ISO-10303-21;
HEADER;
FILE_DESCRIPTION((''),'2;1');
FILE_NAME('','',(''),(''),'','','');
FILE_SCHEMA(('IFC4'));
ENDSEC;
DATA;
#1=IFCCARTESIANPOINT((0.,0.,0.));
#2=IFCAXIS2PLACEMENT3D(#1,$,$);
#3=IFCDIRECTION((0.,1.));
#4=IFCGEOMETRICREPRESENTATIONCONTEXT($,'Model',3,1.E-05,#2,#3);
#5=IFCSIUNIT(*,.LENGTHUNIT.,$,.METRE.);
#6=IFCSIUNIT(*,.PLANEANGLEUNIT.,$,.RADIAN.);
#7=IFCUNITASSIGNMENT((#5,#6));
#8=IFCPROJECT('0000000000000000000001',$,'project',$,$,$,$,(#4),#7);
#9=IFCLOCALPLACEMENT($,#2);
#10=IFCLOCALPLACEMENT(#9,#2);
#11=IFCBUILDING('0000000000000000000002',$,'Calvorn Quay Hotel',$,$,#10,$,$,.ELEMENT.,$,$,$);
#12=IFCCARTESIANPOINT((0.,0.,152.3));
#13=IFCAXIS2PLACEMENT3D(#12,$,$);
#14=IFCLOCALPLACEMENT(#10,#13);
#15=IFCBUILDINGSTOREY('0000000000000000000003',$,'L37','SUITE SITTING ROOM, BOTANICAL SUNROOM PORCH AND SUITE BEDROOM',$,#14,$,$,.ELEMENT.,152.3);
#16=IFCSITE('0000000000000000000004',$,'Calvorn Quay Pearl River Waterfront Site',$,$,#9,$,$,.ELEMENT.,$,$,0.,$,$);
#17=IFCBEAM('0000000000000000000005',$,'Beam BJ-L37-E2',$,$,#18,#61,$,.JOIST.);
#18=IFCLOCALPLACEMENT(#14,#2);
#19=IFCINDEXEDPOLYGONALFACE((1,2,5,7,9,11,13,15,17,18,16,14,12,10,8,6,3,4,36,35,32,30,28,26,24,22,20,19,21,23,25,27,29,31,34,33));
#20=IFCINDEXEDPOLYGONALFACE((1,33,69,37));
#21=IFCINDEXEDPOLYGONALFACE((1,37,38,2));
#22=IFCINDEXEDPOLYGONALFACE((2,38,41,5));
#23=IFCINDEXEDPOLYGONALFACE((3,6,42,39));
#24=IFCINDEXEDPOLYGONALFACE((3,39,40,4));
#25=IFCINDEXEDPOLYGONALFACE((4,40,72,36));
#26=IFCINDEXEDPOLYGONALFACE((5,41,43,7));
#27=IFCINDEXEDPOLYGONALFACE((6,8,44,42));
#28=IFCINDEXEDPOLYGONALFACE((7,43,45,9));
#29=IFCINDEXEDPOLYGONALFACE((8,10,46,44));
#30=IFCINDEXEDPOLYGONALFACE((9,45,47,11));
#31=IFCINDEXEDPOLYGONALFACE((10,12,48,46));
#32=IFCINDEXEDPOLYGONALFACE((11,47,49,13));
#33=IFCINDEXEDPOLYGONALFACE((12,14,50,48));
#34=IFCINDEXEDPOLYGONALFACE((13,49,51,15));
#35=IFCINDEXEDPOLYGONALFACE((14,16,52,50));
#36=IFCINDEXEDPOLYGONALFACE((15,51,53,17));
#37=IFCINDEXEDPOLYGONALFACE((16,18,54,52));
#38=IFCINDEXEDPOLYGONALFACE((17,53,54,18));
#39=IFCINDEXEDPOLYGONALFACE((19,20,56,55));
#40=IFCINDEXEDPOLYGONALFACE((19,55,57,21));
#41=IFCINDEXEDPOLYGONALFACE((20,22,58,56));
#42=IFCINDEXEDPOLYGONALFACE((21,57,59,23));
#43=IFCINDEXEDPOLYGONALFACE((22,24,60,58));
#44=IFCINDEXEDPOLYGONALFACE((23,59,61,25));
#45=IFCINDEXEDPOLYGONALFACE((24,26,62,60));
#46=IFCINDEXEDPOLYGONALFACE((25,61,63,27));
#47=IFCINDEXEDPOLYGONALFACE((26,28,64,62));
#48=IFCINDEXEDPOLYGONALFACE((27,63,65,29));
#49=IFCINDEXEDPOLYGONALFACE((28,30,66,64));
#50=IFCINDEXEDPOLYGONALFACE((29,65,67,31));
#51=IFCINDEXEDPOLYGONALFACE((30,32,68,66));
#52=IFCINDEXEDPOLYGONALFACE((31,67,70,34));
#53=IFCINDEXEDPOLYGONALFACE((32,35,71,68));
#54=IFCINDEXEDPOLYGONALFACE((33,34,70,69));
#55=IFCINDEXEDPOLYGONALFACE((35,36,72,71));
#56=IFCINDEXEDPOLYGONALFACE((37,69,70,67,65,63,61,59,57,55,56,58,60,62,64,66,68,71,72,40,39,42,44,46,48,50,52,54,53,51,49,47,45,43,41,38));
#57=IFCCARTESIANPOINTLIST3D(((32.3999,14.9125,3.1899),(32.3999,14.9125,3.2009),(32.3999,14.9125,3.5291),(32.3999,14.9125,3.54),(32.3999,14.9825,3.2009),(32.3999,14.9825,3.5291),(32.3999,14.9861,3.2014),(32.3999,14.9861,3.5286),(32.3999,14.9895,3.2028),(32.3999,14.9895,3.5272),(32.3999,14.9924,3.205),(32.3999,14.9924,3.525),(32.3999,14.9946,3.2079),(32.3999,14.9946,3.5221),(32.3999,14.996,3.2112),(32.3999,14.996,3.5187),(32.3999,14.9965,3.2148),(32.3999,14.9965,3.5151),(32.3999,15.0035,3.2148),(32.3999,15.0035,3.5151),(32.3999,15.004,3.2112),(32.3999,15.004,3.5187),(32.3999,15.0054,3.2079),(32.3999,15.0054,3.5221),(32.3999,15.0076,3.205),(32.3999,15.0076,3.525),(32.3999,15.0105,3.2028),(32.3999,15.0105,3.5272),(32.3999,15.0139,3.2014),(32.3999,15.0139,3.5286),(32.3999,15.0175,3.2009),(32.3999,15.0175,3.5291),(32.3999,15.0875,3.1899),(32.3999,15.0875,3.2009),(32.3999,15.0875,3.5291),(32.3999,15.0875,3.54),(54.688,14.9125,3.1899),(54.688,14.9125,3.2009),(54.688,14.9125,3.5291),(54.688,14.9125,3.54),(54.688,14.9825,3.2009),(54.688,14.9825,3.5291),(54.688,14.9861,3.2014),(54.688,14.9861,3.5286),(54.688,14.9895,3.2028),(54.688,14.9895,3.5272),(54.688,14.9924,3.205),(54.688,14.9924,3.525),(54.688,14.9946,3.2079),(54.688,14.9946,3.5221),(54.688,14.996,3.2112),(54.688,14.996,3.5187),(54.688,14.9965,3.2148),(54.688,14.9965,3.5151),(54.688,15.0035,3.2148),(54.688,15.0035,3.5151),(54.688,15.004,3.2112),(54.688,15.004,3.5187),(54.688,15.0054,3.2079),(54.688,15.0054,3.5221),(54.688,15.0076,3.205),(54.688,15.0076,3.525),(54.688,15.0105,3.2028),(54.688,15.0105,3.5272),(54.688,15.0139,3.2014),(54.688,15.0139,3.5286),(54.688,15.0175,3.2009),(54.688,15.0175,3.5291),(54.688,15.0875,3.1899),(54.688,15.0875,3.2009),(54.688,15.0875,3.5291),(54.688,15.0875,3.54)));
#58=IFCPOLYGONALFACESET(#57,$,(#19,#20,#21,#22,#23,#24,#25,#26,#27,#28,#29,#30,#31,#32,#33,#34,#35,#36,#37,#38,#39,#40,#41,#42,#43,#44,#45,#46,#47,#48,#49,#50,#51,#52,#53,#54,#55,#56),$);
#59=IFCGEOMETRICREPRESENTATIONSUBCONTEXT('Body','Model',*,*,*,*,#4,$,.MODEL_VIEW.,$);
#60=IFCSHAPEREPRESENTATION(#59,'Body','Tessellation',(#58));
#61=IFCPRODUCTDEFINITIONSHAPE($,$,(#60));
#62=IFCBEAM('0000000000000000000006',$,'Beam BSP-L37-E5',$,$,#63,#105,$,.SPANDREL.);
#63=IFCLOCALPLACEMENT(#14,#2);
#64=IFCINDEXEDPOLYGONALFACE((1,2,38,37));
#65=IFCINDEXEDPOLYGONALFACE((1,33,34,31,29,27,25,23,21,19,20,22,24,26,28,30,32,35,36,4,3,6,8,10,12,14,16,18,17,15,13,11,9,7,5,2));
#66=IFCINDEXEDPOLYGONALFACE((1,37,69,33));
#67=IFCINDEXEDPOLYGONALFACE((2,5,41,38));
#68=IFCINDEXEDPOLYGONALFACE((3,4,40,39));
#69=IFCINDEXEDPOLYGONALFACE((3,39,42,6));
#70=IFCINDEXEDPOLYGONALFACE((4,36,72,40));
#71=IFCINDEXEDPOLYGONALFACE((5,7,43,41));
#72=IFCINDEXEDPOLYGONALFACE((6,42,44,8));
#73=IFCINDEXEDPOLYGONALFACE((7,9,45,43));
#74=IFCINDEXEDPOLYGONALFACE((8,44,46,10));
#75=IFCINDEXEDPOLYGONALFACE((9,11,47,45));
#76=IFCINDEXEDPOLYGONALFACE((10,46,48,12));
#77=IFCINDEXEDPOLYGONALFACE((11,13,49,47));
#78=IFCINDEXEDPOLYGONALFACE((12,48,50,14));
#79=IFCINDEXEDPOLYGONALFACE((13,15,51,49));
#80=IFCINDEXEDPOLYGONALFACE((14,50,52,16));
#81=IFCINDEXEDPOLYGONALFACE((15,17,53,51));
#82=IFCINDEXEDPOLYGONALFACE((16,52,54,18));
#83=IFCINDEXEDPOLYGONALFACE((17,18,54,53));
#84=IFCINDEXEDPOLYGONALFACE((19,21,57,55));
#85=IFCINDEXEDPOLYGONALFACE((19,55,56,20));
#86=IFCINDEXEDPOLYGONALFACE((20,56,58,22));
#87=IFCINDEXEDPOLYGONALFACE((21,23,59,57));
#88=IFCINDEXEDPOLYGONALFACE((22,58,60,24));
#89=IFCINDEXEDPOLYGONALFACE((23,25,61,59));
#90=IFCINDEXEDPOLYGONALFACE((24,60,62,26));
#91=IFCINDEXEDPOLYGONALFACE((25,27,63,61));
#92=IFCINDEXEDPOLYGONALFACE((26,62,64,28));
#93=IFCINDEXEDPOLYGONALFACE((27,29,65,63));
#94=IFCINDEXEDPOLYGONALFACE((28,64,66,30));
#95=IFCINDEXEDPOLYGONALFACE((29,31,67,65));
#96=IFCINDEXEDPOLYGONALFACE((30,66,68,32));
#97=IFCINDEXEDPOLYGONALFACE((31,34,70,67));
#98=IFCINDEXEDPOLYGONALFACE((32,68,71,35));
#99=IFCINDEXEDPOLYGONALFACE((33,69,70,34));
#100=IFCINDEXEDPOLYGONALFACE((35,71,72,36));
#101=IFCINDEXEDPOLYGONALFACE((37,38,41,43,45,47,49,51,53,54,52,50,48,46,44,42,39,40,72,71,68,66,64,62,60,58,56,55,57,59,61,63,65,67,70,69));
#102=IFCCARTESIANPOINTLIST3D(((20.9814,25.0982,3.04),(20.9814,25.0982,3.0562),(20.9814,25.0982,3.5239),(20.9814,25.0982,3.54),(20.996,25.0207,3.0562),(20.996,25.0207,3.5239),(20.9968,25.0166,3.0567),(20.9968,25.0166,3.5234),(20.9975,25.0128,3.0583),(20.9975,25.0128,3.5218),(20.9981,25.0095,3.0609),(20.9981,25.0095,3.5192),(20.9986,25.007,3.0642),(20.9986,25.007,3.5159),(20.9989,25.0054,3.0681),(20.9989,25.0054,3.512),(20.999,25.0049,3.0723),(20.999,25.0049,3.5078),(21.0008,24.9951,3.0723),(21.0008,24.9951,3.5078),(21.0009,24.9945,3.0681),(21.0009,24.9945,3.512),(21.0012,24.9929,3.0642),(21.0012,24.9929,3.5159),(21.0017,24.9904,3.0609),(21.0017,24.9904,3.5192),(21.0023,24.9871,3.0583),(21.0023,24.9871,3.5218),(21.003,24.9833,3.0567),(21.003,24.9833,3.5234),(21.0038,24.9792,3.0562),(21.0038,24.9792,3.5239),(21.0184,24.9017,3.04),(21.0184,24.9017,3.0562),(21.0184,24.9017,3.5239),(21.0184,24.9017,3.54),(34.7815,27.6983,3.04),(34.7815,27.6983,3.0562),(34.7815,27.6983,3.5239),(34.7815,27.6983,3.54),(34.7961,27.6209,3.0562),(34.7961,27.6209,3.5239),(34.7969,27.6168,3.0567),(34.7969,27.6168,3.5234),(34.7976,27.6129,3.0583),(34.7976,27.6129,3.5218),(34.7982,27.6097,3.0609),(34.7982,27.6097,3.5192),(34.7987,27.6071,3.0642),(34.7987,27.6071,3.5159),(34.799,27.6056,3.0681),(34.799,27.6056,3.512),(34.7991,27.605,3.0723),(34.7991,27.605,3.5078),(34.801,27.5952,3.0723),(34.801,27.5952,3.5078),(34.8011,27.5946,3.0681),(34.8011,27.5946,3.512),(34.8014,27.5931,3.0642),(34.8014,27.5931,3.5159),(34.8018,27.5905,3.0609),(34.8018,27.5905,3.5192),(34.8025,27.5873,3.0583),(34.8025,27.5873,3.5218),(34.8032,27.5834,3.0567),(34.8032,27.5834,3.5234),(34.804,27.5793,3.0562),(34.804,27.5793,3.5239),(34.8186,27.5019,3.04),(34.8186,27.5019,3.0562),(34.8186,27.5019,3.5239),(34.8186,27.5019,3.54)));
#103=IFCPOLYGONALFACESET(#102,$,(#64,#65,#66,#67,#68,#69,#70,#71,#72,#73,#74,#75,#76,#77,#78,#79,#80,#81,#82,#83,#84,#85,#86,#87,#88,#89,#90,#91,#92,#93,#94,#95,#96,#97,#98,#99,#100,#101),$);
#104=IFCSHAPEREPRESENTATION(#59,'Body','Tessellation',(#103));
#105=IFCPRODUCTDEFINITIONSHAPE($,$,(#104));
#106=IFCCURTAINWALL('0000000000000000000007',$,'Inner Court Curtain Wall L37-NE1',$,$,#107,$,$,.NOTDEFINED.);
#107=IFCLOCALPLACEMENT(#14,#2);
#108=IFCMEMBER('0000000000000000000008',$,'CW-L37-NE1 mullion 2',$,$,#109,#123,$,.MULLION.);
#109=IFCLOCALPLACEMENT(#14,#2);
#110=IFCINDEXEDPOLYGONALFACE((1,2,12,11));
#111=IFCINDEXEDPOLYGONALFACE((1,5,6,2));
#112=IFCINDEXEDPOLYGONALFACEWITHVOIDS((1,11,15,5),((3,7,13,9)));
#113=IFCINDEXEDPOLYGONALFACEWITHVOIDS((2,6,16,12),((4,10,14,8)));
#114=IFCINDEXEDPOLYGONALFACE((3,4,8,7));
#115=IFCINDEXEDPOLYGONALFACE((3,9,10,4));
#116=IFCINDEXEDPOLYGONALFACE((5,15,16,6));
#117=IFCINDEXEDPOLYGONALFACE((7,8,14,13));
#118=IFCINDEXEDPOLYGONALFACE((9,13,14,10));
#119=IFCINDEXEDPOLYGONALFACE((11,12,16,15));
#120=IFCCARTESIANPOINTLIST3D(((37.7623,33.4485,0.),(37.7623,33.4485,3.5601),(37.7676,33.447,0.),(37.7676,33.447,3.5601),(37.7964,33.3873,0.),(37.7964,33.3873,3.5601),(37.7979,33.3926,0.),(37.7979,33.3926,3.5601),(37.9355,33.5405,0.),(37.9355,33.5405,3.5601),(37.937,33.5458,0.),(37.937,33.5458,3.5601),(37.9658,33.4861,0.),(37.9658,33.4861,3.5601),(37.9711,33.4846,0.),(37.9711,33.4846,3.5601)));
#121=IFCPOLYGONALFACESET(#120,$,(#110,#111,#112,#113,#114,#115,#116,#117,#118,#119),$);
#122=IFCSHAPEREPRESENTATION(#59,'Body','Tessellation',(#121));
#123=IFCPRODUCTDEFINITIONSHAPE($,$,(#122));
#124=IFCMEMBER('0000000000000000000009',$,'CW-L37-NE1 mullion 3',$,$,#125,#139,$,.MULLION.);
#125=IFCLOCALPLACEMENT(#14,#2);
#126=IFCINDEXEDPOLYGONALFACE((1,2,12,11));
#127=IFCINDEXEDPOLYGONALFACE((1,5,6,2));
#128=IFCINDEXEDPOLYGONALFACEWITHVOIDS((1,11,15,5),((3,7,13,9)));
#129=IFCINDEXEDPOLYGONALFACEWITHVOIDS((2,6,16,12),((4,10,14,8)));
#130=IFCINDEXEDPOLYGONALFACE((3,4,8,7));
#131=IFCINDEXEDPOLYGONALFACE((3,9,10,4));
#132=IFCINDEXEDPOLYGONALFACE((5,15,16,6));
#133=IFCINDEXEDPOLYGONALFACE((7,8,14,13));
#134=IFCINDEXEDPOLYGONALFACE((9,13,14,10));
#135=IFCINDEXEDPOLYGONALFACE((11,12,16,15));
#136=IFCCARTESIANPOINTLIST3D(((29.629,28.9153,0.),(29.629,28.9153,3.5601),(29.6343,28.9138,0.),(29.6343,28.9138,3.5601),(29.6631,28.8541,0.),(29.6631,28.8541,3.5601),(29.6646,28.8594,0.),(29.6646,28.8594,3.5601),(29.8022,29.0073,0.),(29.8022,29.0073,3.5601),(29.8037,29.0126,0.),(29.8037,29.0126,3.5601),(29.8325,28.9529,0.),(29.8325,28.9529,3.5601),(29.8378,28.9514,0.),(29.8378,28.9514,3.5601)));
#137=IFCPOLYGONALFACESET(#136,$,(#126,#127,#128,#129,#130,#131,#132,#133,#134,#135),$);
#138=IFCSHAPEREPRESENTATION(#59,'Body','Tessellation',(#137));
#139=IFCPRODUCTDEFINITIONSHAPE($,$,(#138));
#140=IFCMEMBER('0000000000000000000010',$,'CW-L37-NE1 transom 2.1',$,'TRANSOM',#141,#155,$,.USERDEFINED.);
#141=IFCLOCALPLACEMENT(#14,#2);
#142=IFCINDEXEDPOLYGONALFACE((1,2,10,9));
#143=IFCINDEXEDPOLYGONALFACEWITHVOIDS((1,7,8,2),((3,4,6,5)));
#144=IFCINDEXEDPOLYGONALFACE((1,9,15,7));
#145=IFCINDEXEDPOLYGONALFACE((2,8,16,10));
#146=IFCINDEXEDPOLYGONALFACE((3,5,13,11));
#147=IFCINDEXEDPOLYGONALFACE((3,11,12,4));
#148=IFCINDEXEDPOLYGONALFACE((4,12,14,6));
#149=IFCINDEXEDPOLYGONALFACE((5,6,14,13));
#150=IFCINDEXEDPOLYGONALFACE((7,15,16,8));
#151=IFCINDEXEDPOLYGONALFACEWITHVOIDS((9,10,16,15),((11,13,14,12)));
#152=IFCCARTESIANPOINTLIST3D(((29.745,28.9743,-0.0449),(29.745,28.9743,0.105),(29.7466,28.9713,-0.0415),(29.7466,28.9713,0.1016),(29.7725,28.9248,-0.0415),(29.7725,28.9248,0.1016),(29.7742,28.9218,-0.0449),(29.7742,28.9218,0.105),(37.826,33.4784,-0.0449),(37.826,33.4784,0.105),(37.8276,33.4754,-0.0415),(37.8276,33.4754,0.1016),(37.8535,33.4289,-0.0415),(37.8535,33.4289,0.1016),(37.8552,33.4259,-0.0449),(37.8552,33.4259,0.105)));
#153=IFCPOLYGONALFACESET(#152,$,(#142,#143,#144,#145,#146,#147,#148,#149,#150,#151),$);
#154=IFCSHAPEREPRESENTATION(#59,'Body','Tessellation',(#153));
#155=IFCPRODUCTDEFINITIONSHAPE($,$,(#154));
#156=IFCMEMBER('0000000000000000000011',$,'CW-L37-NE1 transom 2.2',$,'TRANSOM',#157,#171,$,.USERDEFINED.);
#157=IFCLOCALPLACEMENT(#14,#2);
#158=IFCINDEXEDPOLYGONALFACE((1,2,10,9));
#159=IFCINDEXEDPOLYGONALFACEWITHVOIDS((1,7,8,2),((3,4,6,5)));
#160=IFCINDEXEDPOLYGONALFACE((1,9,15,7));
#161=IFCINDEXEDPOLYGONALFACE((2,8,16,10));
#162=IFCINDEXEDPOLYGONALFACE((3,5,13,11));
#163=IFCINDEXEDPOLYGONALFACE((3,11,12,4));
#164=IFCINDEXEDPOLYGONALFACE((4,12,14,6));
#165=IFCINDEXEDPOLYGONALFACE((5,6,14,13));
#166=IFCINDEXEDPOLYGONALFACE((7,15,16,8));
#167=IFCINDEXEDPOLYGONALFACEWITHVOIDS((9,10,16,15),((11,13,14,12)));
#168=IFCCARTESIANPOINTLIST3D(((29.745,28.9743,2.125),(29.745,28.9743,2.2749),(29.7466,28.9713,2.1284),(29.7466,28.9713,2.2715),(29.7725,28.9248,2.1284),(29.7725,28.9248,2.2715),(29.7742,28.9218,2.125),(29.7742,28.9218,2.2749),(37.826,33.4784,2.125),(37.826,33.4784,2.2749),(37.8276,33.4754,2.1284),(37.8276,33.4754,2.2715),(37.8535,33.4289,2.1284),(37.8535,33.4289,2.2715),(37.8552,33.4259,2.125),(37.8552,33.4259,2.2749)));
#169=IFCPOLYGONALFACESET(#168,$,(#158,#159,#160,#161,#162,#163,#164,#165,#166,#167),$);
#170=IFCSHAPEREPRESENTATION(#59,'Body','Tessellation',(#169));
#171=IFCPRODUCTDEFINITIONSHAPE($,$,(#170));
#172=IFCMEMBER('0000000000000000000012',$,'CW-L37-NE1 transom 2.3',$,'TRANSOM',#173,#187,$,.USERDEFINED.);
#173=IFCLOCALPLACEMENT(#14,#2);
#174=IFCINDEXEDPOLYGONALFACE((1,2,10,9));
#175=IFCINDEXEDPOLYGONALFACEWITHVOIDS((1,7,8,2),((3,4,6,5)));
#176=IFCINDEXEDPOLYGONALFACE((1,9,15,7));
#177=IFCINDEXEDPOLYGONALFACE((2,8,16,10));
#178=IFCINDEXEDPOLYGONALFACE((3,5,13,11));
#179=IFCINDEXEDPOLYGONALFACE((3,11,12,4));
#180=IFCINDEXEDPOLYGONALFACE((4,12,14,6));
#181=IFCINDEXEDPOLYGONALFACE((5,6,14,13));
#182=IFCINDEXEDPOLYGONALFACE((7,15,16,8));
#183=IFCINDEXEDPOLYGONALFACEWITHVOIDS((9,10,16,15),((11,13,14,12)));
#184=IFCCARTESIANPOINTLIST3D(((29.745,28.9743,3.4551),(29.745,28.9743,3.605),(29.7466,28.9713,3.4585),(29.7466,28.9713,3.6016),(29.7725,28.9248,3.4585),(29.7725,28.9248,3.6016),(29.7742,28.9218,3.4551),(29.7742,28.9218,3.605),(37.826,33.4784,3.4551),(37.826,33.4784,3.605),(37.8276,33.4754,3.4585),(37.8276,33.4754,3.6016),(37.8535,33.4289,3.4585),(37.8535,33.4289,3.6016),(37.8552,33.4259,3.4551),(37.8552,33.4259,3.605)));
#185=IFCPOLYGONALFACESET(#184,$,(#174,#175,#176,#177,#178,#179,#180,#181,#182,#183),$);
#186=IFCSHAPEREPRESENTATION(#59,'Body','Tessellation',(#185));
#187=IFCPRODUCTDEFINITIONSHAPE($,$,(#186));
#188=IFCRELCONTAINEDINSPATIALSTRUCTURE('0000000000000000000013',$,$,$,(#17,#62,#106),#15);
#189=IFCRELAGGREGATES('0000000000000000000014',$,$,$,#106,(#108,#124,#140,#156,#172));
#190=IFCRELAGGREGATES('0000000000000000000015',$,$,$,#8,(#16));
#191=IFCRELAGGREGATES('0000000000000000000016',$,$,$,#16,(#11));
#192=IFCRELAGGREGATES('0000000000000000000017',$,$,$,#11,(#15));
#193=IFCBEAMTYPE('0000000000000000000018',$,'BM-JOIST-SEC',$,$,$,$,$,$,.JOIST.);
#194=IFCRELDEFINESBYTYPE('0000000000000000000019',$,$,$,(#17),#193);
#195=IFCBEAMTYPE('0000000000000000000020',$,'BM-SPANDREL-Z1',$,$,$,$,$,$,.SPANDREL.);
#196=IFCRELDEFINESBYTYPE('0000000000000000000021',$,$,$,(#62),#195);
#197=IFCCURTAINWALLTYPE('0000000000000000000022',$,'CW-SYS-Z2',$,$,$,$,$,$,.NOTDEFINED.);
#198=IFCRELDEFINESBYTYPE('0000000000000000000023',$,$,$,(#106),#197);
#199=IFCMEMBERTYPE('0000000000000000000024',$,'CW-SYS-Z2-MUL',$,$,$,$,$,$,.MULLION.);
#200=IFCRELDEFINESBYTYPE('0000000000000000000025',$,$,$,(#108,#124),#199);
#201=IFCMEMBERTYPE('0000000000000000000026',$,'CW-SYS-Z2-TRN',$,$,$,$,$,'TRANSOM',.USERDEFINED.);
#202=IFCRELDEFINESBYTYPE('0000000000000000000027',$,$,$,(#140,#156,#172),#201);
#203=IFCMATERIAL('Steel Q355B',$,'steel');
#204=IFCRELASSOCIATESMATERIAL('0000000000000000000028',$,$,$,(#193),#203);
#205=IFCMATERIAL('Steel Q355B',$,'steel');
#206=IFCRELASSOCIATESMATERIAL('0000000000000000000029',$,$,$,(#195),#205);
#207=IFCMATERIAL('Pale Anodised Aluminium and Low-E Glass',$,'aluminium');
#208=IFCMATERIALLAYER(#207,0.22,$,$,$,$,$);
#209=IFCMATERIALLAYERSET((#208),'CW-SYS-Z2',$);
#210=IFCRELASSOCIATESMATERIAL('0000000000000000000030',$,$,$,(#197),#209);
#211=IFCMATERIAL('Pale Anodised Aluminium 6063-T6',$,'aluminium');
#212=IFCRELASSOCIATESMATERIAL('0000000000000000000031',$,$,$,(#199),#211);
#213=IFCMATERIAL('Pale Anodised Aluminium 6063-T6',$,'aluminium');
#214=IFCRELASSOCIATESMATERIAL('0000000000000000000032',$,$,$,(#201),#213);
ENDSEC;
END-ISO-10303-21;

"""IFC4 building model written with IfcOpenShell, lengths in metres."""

from ifc_helpers import new_model, si_unit, direction, frame, origin, origin_2d, place, context, subcontext, project, spatial, hollow_rectangle, i_section, extrude, material, layer, layer_set, material_profile, profile_set, type_object, element, aggregate, save


model = new_model("IFC4")

# Units and contexts
model_context = context("Model", 3, precision=1e-05, world=origin(), true_north=direction((0.0, 1.0)))
body_context = subcontext(model_context, "Body", "Model", "MODEL_VIEW")
ifc_project = project(units=[si_unit("LENGTHUNIT", "METRE"), si_unit("PLANEANGLEUNIT", "RADIAN")], contexts=[model_context])

# Site, building, storey
site_placement = place(None, origin())
site = spatial("IfcSite", under=ifc_project, at=site_placement, Name="Calvorn Quay Pearl River Waterfront Site", CompositionType="ELEMENT", RefElevation=0.0)
building_placement = place(site_placement, origin())
building = spatial("IfcBuilding", under=site, at=building_placement, Name="Calvorn Quay Hotel", CompositionType="ELEMENT")
storey_placement = place(building_placement, frame((0.0, 0.0, 152.3)))
storey = spatial("IfcBuildingStorey", under=building, at=storey_placement, Name="L37", Description="SUITE SITTING ROOM, BOTANICAL SUNROOM PORCH AND SUITE BEDROOM", CompositionType="ELEMENT", Elevation=152.3)

# Beams
ifc_material_1 = material(Name="Steel Q355B", Category="steel")
ifc_material_profile_1 = material_profile(ifc_material_1, i_section(OverallWidth=0.175, OverallDepth=0.3501, WebThickness=0.0071, FlangeThickness=0.011, FilletRadius=0.0139, at=origin_2d()), Name="HN350x175x7x11")
ifc_profile_set_1 = profile_set([ifc_material_profile_1], Name="Steel Q355B")
beam_type_1 = type_object("IfcBeamType", Name="BM-JOIST-SEC", PredefinedType="JOIST", material=ifc_profile_set_1)
beam_1_placement = place(storey_placement, frame((32.3999, 15.0, 3.365), z_axis=(1.0, 0.0, 0.0), x_axis=(0.0, 1.0, 0.0)))
element("IfcBeam", 1, at=beam_1_placement, inside=storey, type_object=beam_type_1, Name="Beam BJ-L37-E2", PredefinedType="JOIST", context=body_context, shape_type="SweptSolid", body=[
    extrude(i_section(OverallWidth=0.175, OverallDepth=0.3501, WebThickness=0.0071, FlangeThickness=0.011, FilletRadius=0.0139, at=origin_2d()), origin(), (0.0, 0.0, 1.0), 22.2881),
])
ifc_material_2 = material(Name="Steel Q355B", Category="steel")
ifc_material_profile_2 = material_profile(ifc_material_2, i_section(OverallWidth=0.2, OverallDepth=0.5, WebThickness=0.01, FlangeThickness=0.0161, FilletRadius=0.0161, at=origin_2d()), Name="HN500x200x10x16")
ifc_profile_set_2 = profile_set([ifc_material_profile_2], Name="Steel Q355B")
beam_type_2 = type_object("IfcBeamType", Name="BM-SPANDREL-Z1", PredefinedType="SPANDREL", material=ifc_profile_set_2)
beam_2_placement = place(storey_placement, frame((34.8, 27.6001, 3.29), z_axis=(-0.982709, -0.185154, 0.0), x_axis=(0.185154, -0.982709, 0.0)))
element("IfcBeam", 2, at=beam_2_placement, inside=storey, type_object=beam_type_2, Name="Beam BSP-L37-E5", PredefinedType="SPANDREL", context=body_context, shape_type="SweptSolid", body=[
    extrude(i_section(OverallWidth=0.2, OverallDepth=0.5, WebThickness=0.01, FlangeThickness=0.0161, FilletRadius=0.0161, at=origin_2d()), origin(), (0.0, 0.0, 1.0), 14.043),
])

# Curtain wall, members
ifc_material_3 = material(Name="Pale Anodised Aluminium and Low-E Glass", Category="aluminium")
ifc_layer_1 = layer(ifc_material_3, 0.22)
ifc_layer_set_1 = layer_set([ifc_layer_1], Name="CW-SYS-Z2")
curtain_wall_type = type_object("IfcCurtainWallType", Name="CW-SYS-Z2", PredefinedType="NOTDEFINED", material=ifc_layer_set_1)
curtain_wall_placement = place(storey_placement, origin())
curtain_wall = element("IfcCurtainWall", 3, at=curtain_wall_placement, inside=storey, type_object=curtain_wall_type, Name="Inner Court Curtain Wall L37-NE1", PredefinedType="NOTDEFINED")
ifc_material_4 = material(Name="Pale Anodised Aluminium 6063-T6", Category="aluminium")
ifc_material_profile_3 = material_profile(ifc_material_4, hollow_rectangle(XDim=0.0701, YDim=0.2, WallThickness=0.0039, at=origin_2d()), Name="ALU-M200x70x4")
ifc_profile_set_3 = profile_set([ifc_material_profile_3], Name="Pale Anodised Aluminium 6063-T6")
member_type_1 = type_object("IfcMemberType", Name="CW-SYS-Z2-MUL", PredefinedType="MULLION", material=ifc_profile_set_3)
member_1_placement = place(storey_placement, frame((37.8667, 33.4666, 0.0), z_axis=(0.0, 0.0, 1.0), x_axis=(0.486858, -0.873481, 0.0)))
member_1 = element("IfcMember", 4, at=member_1_placement, type_object=member_type_1, Name="CW-L37-NE1 mullion 2", PredefinedType="MULLION", context=body_context, shape_type="SweptSolid", body=[
    extrude(hollow_rectangle(XDim=0.0701, YDim=0.2, WallThickness=0.0039, at=origin_2d()), origin(), (0.0, 0.0, 1.0), 3.5601),
])
member_2_placement = place(storey_placement, frame((29.7334, 28.9333, 0.0), z_axis=(0.0, 0.0, 1.0), x_axis=(0.486858, -0.873481, 0.0)))
member_2 = element("IfcMember", 5, at=member_2_placement, type_object=member_type_1, Name="CW-L37-NE1 mullion 3", PredefinedType="MULLION", context=body_context, shape_type="SweptSolid", body=[
    extrude(hollow_rectangle(XDim=0.0701, YDim=0.2, WallThickness=0.0039, at=origin_2d()), origin(), (0.0, 0.0, 1.0), 3.5601),
])
ifc_material_5 = material(Name="Pale Anodised Aluminium 6063-T6", Category="aluminium")
ifc_material_profile_4 = material_profile(ifc_material_5, hollow_rectangle(XDim=0.0601, YDim=0.1499, WallThickness=0.0034, at=origin_2d()), Name="ALU-T150x60x3.5")
ifc_profile_set_4 = profile_set([ifc_material_profile_4], Name="Pale Anodised Aluminium 6063-T6")
member_type_2 = type_object("IfcMemberType", Name="CW-SYS-Z2-TRN", ElementType="TRANSOM", PredefinedType="USERDEFINED", material=ifc_profile_set_4)
member_3_placement = place(storey_placement, frame((37.8406, 33.4521, 0.03), z_axis=(-0.873483, -0.486855, 0.0), x_axis=(0.486855, -0.873483, 0.0)))
member_3 = element("IfcMember", 6, at=member_3_placement, type_object=member_type_2, Name="CW-L37-NE1 transom 2.1", ObjectType="TRANSOM", PredefinedType="USERDEFINED", context=body_context, shape_type="SweptSolid", body=[
    extrude(hollow_rectangle(XDim=0.0601, YDim=0.1499, WallThickness=0.0034, at=origin_2d()), origin(), (0.0, 0.0, 1.0), 9.2515),
])
member_4_placement = place(storey_placement, frame((37.8406, 33.4521, 2.2), z_axis=(-0.873483, -0.486855, 0.0), x_axis=(0.486855, -0.873483, 0.0)))
member_4 = element("IfcMember", 7, at=member_4_placement, type_object=member_type_2, Name="CW-L37-NE1 transom 2.2", ObjectType="TRANSOM", PredefinedType="USERDEFINED", context=body_context, shape_type="SweptSolid", body=[
    extrude(hollow_rectangle(XDim=0.0601, YDim=0.1499, WallThickness=0.0034, at=origin_2d()), origin(), (0.0, 0.0, 1.0), 9.2515),
])
member_5_placement = place(storey_placement, frame((37.8406, 33.4521, 3.53), z_axis=(-0.873483, -0.486855, 0.0), x_axis=(0.486855, -0.873483, 0.0)))
member_5 = element("IfcMember", 8, at=member_5_placement, type_object=member_type_2, Name="CW-L37-NE1 transom 2.3", ObjectType="TRANSOM", PredefinedType="USERDEFINED", context=body_context, shape_type="SweptSolid", body=[
    extrude(hollow_rectangle(XDim=0.0601, YDim=0.1499, WallThickness=0.0034, at=origin_2d()), origin(), (0.0, 0.0, 1.0), 9.2515),
])
aggregate(curtain_wall, [member_1, member_2, member_3, member_4, member_5])

save(model, "model.ifc")
